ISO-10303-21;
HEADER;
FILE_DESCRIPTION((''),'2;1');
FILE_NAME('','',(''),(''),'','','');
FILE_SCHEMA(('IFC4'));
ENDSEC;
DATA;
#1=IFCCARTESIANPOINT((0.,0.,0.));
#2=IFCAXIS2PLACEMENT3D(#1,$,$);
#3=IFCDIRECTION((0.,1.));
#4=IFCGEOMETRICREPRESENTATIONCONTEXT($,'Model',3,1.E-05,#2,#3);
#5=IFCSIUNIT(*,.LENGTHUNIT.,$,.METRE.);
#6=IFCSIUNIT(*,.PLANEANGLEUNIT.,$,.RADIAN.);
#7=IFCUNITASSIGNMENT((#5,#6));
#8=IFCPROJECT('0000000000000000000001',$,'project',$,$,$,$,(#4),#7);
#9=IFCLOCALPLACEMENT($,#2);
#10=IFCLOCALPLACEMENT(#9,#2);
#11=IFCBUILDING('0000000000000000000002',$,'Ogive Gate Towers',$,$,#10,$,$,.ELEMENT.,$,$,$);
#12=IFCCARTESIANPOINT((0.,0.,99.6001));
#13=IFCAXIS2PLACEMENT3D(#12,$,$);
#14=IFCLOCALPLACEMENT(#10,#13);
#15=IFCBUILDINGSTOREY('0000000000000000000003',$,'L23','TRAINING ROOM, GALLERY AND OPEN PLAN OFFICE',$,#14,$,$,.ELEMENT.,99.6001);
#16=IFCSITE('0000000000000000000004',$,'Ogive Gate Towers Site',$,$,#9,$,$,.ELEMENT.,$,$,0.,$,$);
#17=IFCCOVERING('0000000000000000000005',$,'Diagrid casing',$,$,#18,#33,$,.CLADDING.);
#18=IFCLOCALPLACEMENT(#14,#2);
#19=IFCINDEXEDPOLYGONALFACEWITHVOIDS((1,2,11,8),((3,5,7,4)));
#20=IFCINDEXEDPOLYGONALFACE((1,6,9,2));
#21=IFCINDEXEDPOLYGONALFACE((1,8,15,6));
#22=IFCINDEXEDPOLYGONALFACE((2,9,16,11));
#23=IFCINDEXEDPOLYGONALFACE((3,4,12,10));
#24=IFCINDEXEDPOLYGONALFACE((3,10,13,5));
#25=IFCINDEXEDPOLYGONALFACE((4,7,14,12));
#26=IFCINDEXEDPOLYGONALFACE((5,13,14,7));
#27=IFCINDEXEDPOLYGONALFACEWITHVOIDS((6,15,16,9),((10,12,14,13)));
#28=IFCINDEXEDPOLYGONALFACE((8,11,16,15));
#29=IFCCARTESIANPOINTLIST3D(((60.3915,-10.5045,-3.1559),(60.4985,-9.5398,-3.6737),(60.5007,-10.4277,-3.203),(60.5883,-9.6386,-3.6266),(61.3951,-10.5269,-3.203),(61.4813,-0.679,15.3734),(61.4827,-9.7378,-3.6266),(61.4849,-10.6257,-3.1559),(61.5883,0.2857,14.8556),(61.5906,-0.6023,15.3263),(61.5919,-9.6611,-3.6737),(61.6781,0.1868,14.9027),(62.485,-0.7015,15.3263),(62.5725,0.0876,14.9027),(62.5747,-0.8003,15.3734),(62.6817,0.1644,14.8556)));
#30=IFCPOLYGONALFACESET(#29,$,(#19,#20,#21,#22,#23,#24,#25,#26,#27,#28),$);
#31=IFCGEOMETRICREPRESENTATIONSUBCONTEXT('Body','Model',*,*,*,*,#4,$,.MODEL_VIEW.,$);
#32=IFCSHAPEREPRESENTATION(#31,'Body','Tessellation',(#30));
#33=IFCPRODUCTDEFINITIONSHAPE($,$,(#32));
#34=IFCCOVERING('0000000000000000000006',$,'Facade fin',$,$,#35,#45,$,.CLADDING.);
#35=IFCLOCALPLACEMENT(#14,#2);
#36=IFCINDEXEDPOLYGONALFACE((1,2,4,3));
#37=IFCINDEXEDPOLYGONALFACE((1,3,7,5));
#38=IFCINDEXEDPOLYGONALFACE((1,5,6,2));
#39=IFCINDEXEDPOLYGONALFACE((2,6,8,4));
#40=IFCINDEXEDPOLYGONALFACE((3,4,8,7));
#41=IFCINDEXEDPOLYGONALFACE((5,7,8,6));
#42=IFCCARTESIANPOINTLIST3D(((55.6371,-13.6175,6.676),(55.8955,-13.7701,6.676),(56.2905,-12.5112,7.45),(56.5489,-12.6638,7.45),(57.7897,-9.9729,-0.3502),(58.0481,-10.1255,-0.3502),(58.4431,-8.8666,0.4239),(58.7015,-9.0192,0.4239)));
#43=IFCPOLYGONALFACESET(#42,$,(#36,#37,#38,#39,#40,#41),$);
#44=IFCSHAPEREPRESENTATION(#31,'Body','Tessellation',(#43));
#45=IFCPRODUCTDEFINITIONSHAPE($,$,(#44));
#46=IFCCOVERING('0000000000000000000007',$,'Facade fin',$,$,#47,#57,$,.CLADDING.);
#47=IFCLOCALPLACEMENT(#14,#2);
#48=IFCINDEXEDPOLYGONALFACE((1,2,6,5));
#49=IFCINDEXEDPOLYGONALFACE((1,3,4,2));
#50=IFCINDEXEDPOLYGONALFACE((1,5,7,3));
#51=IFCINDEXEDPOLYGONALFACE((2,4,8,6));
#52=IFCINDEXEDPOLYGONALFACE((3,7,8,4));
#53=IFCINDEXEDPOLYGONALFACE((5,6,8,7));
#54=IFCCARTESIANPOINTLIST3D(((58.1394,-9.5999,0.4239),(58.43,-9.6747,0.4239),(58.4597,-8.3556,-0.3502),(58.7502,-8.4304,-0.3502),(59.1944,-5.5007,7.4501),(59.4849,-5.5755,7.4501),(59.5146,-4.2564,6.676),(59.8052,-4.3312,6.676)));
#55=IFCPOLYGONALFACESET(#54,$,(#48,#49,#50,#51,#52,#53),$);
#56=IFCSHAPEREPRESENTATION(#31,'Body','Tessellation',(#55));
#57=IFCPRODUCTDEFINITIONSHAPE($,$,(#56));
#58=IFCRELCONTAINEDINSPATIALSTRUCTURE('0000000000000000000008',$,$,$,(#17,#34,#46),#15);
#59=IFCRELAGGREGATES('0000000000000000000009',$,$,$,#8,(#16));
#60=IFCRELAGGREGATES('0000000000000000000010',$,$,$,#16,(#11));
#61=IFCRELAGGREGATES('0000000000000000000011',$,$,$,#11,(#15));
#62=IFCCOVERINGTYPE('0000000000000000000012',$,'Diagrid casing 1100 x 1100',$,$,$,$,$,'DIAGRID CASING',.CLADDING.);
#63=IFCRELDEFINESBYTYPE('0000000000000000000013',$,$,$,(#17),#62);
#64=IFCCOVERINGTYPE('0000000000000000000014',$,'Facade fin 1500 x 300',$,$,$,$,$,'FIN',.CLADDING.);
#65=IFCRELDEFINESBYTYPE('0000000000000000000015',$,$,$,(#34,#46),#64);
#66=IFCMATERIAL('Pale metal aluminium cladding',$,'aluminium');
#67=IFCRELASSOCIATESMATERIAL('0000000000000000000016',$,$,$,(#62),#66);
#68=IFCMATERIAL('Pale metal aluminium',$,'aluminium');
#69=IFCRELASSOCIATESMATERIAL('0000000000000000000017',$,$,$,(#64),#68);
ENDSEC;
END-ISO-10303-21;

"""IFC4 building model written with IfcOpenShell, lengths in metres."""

from ifc_helpers import new_model, si_unit, direction, frame, origin, origin_2d, place, context, subcontext, project, spatial, rectangle, hollow_rectangle, extrude, material, material_profile, profile_set, type_object, element, save


model = new_model("IFC4")

# Units and contexts
model_context = context("Model", 3, precision=1e-05, world=origin(), true_north=direction((0.0, 1.0)))
body_context = subcontext(model_context, "Body", "Model", "MODEL_VIEW")
ifc_project = project(units=[si_unit("LENGTHUNIT", "METRE"), si_unit("PLANEANGLEUNIT", "RADIAN")], contexts=[model_context])

# Site, building, storey
site_placement = place(None, origin())
site = spatial("IfcSite", under=ifc_project, at=site_placement, Name="Ogive Gate Towers Site", CompositionType="ELEMENT", RefElevation=0.0)
building_placement = place(site_placement, origin())
building = spatial("IfcBuilding", under=site, at=building_placement, Name="Ogive Gate Towers", CompositionType="ELEMENT")
storey_placement = place(building_placement, frame((0.0, 0.0, 99.6001)))
storey = spatial("IfcBuildingStorey", under=building, at=storey_placement, Name="L23", Description="TRAINING ROOM, GALLERY AND OPEN PLAN OFFICE", CompositionType="ELEMENT", Elevation=99.6001)

# Shared definitions
ifc_material_1 = material(Name="Pale metal aluminium", Category="aluminium")

# Coverings
ifc_material_2 = material(Name="Pale metal aluminium cladding", Category="aluminium")
ifc_material_profile_1 = material_profile(ifc_material_2, hollow_rectangle(XDim=1.1001, YDim=1.1001, WallThickness=0.1001, at=origin_2d()), Name="1100 x 1100 pale metal casing")
ifc_profile_set_1 = profile_set([ifc_material_profile_1], Name="Pale metal aluminium cladding")
covering_type_1 = type_object("IfcCoveringType", Name="Diagrid casing 1100 x 1100", ElementType="DIAGRID CASING", PredefinedType="CLADDING", material=ifc_profile_set_1)
for number, where, z_axis, x_axis, name in (
    (1, (60.9917, -10.0828, -3.4148), (0.051894, 0.467845, 0.882286), (-0.993904, 0.110244, 0.0), "Diagrid casing"),
):
    element("IfcCovering", number, at=place(storey_placement, frame(where, z_axis=z_axis, x_axis=x_axis)), inside=storey, type_object=covering_type_1, Name=name, PredefinedType="CLADDING", context=body_context, shape_type="SweptSolid", body=[
        extrude(hollow_rectangle(XDim=1.1001, YDim=1.1001, WallThickness=0.1001, at=origin_2d()), origin(), (0.0, 0.0, 1.0), 21.0015),
    ])
ifc_material_profile_2 = material_profile(ifc_material_1, rectangle(XDim=0.3, YDim=1.5, at=origin_2d()), Name="1500 x 300 pale metal aluminium")
ifc_profile_set_2 = profile_set([ifc_material_profile_2], Name="Pale metal aluminium")
covering_type_2 = type_object("IfcCoveringType", Name="Facade fin 1500 x 300", ElementType="FIN", PredefinedType="CLADDING", material=ifc_profile_set_2)
for number, where, z_axis, x_axis, name in (
    (2, (58.2456, -9.4961, 0.0369), (-0.262428, -0.444314, 0.856573), (0.86103, -0.508554, 0.0), "Facade fin"),
    (3, (58.4448, -9.0151, 0.0369), (0.12861, 0.499736, 0.856576), (-0.968443, 0.249234, 0.0), "Facade fin"),
):
    element("IfcCovering", number, at=place(storey_placement, frame(where, z_axis=z_axis, x_axis=x_axis)), inside=storey, type_object=covering_type_2, Name=name, PredefinedType="CLADDING", context=body_context, shape_type="SweptSolid", body=[
        extrude(rectangle(XDim=0.3, YDim=1.5, at=origin_2d()), origin(), (0.0, 0.0, 1.0), 8.2026),
    ])

save(model, "model.ifc")
